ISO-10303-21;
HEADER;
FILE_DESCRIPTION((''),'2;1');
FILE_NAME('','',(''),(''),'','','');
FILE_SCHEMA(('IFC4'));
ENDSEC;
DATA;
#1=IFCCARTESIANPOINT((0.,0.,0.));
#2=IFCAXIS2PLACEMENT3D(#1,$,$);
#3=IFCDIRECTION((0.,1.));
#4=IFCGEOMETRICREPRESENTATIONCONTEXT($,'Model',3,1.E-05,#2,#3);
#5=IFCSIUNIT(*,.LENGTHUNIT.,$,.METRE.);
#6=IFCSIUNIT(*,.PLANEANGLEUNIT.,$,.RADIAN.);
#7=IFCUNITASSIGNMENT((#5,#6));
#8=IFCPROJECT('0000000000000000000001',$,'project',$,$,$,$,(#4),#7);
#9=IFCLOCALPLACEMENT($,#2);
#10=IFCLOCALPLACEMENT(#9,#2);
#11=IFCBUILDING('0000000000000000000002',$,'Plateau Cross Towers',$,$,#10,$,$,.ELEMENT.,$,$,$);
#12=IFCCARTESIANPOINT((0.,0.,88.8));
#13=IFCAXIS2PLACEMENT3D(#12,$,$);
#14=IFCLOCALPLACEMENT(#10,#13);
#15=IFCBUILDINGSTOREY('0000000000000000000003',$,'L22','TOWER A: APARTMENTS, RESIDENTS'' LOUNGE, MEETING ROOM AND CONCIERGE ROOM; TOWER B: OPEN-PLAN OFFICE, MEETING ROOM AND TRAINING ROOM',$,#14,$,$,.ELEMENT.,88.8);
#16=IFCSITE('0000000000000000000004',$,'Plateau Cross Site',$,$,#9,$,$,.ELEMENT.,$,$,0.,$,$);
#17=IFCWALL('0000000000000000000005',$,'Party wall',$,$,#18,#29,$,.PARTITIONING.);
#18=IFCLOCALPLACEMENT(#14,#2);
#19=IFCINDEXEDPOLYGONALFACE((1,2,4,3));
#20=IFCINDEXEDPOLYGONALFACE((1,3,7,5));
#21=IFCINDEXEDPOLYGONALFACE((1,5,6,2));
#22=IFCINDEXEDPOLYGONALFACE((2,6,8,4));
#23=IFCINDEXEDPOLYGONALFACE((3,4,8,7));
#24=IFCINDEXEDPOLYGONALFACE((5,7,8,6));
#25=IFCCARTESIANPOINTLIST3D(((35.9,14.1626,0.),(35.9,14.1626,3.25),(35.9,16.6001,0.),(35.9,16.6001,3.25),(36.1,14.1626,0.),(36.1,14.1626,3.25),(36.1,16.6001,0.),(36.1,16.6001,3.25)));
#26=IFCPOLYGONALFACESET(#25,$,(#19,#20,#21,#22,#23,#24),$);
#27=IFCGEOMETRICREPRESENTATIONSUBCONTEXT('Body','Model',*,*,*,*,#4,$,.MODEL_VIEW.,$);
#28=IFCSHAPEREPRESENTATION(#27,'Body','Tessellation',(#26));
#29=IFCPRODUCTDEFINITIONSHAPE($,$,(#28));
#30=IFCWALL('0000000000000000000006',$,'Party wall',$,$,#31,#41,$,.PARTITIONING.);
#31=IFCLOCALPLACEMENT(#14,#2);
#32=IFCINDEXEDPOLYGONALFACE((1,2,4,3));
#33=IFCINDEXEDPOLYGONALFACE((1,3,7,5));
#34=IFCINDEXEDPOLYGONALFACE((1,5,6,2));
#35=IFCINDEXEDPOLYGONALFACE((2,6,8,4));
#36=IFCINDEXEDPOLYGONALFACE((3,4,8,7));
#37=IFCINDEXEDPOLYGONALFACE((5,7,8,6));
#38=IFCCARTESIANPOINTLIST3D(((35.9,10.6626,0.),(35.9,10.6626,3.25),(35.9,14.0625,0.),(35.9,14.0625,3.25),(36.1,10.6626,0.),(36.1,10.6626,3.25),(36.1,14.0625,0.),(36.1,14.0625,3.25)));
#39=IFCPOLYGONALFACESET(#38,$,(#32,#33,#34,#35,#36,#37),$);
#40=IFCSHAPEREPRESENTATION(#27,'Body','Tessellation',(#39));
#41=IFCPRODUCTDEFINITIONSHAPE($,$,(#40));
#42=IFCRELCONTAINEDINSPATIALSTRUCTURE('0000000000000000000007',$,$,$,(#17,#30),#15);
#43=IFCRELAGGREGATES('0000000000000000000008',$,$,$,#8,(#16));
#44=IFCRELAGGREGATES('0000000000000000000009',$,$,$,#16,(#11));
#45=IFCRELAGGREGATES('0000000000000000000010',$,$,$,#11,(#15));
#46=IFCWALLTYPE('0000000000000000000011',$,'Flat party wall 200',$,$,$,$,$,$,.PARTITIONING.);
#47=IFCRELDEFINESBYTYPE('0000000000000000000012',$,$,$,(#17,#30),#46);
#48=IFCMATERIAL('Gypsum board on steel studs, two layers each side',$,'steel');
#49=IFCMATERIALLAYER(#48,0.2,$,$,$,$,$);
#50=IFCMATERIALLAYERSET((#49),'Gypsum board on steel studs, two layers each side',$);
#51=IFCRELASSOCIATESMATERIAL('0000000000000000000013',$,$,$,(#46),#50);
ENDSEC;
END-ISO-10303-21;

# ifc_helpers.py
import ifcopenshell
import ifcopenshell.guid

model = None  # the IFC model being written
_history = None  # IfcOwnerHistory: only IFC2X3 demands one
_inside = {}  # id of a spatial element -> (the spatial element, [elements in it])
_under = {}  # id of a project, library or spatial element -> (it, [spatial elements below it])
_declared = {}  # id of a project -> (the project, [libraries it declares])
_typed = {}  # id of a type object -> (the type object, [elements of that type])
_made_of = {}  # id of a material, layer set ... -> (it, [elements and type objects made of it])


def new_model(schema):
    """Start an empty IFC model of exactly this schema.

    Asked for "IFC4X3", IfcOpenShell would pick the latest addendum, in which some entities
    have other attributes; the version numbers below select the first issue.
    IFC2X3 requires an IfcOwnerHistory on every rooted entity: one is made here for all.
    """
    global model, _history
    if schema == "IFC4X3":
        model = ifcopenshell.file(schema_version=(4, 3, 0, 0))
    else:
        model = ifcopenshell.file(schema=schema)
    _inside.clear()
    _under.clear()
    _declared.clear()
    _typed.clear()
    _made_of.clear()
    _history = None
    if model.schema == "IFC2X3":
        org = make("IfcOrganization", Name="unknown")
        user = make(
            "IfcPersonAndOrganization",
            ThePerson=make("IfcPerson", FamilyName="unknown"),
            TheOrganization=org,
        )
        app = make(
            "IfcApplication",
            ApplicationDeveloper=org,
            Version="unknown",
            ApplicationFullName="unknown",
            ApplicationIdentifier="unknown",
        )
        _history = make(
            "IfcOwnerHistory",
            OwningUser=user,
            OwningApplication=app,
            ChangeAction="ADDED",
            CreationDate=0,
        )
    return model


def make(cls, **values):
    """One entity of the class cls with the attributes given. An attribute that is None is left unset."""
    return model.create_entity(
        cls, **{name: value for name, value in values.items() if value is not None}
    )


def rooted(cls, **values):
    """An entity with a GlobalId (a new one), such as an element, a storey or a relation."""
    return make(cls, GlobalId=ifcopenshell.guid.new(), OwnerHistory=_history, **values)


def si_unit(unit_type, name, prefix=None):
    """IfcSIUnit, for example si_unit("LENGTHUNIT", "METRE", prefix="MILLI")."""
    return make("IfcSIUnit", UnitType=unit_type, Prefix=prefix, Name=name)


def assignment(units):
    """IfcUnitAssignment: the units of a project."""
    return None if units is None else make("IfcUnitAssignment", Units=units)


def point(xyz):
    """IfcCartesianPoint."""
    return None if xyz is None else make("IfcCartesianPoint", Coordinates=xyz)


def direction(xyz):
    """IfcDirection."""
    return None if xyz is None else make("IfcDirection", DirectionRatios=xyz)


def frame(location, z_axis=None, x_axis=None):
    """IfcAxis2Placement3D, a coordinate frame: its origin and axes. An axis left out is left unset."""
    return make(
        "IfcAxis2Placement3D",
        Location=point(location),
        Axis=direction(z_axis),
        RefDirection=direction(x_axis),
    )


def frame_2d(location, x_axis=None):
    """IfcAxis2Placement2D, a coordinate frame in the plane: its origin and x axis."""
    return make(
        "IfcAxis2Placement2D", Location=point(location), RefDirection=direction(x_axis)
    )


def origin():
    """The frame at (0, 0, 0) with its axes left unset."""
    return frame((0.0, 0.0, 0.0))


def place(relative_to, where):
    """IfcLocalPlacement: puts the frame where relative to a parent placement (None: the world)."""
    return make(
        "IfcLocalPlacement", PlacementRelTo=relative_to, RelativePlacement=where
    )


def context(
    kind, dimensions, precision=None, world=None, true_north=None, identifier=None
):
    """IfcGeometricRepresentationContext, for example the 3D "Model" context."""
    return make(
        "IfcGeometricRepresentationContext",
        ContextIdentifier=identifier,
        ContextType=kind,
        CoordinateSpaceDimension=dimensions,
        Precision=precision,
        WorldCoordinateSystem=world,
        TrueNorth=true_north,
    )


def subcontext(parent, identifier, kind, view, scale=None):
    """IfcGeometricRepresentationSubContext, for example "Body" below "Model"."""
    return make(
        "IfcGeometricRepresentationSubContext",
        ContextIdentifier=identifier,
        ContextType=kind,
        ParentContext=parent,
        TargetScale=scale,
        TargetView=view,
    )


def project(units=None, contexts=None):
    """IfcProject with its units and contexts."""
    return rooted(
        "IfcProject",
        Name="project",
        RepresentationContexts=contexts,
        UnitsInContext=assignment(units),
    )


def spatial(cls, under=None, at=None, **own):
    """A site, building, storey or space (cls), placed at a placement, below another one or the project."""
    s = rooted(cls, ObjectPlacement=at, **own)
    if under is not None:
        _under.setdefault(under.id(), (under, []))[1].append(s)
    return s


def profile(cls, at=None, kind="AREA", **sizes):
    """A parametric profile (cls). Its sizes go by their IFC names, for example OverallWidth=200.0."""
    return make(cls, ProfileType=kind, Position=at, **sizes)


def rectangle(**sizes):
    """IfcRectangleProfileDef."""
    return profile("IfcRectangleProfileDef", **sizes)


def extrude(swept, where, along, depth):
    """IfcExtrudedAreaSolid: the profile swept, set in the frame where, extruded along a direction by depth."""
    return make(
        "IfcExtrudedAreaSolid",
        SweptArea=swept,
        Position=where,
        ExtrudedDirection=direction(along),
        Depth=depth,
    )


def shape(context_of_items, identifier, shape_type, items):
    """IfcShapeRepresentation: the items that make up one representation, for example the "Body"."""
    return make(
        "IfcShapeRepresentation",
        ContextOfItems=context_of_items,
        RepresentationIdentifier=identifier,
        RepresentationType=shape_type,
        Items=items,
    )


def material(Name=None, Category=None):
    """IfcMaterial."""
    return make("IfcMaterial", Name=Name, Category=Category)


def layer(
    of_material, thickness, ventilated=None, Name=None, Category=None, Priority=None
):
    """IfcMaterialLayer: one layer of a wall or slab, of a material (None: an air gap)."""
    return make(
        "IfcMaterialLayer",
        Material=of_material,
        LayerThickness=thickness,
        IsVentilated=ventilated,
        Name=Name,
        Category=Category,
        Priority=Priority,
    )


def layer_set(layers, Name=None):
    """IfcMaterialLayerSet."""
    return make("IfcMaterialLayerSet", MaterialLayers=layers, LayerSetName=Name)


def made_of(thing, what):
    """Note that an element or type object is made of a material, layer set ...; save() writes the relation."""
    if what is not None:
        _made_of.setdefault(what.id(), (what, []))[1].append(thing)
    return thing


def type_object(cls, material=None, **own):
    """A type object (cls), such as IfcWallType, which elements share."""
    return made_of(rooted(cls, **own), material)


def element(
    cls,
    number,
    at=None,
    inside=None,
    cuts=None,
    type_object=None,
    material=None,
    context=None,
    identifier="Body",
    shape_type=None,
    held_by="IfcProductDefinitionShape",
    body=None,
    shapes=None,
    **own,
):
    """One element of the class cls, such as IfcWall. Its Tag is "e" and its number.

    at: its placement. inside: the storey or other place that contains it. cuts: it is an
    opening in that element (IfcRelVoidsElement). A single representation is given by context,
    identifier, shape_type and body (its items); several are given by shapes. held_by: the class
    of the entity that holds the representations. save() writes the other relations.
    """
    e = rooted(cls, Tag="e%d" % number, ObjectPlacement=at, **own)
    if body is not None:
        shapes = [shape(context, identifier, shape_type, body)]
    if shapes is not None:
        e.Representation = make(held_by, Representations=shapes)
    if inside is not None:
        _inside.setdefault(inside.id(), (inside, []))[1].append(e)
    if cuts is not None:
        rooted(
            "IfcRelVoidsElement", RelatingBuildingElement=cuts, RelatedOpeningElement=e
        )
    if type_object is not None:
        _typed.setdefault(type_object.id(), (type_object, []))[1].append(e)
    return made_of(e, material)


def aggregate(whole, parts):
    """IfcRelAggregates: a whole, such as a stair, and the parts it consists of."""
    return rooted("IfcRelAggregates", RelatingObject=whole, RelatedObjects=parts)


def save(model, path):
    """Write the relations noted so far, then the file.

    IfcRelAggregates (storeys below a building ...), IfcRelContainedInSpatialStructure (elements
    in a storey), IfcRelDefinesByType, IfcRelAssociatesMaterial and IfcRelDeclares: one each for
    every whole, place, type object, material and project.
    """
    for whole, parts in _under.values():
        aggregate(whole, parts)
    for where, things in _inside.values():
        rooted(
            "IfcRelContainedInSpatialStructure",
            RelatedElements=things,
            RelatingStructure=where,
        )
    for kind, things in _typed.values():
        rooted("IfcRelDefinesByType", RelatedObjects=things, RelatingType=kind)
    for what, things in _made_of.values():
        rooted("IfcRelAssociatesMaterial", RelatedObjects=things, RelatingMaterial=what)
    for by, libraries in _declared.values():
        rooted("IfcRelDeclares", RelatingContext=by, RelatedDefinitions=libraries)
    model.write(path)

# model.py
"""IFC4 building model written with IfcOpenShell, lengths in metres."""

from ifc_helpers import new_model, si_unit, direction, frame, frame_2d, origin, place, context, subcontext, project, spatial, rectangle, extrude, material, layer, layer_set, type_object, element, save


model = new_model("IFC4")

# Units and contexts
model_context = context("Model", 3, precision=1e-05, world=origin(), true_north=direction((0.0, 1.0)))
body_context = subcontext(model_context, "Body", "Model", "MODEL_VIEW")
ifc_project = project(units=[si_unit("LENGTHUNIT", "METRE"), si_unit("PLANEANGLEUNIT", "RADIAN")], contexts=[model_context])

# Site, building, storey
site_placement = place(None, origin())
site = spatial("IfcSite", under=ifc_project, at=site_placement, Name="Plateau Cross Site", CompositionType="ELEMENT", RefElevation=0.0)
building_placement = place(site_placement, origin())
building = spatial("IfcBuilding", under=site, at=building_placement, Name="Plateau Cross Towers", CompositionType="ELEMENT")
storey_placement = place(building_placement, frame((0.0, 0.0, 88.8)))
storey = spatial("IfcBuildingStorey", under=building, at=storey_placement, Name="L22", Description="TOWER A: APARTMENTS, RESIDENTS' LOUNGE, MEETING ROOM AND CONCIERGE ROOM; TOWER B: OPEN-PLAN OFFICE, MEETING ROOM AND TRAINING ROOM", CompositionType="ELEMENT", Elevation=88.8)

# Walls
ifc_material_1 = material(Name="Gypsum board on steel studs, two layers each side", Category="steel")
ifc_layer_1 = layer(ifc_material_1, 0.2)
ifc_layer_set_1 = layer_set([ifc_layer_1], Name="Gypsum board on steel studs, two layers each side")
wall_type_1 = type_object("IfcWallType", Name="Flat party wall 200", PredefinedType="PARTITIONING", material=ifc_layer_set_1)
wall_1_placement = place(storey_placement, frame((36.0, 16.6001, 0.0), z_axis=(0.0, 0.0, 1.0), x_axis=(0.0, -1.0, 0.0)))
element("IfcWall", 1, at=wall_1_placement, inside=storey, type_object=wall_type_1, Name="Party wall", PredefinedType="PARTITIONING", context=body_context, shape_type="SweptSolid", body=[
    extrude(rectangle(XDim=2.4375, YDim=0.2, at=frame_2d((1.2188, 0.0))), origin(), (0.0, 0.0, 1.0), 3.25),
])
wall_2_placement = place(storey_placement, frame((36.0, 10.6626, 0.0), z_axis=(0.0, 0.0, 1.0), x_axis=(0.0, 1.0, 0.0)))
element("IfcWall", 2, at=wall_2_placement, inside=storey, type_object=wall_type_1, Name="Party wall", PredefinedType="PARTITIONING", context=body_context, shape_type="SweptSolid", body=[
    extrude(rectangle(XDim=3.3999, YDim=0.2, at=frame_2d((1.7, 0.0))), origin(), (0.0, 0.0, 1.0), 3.25),
])

save(model, "model.ifc")
